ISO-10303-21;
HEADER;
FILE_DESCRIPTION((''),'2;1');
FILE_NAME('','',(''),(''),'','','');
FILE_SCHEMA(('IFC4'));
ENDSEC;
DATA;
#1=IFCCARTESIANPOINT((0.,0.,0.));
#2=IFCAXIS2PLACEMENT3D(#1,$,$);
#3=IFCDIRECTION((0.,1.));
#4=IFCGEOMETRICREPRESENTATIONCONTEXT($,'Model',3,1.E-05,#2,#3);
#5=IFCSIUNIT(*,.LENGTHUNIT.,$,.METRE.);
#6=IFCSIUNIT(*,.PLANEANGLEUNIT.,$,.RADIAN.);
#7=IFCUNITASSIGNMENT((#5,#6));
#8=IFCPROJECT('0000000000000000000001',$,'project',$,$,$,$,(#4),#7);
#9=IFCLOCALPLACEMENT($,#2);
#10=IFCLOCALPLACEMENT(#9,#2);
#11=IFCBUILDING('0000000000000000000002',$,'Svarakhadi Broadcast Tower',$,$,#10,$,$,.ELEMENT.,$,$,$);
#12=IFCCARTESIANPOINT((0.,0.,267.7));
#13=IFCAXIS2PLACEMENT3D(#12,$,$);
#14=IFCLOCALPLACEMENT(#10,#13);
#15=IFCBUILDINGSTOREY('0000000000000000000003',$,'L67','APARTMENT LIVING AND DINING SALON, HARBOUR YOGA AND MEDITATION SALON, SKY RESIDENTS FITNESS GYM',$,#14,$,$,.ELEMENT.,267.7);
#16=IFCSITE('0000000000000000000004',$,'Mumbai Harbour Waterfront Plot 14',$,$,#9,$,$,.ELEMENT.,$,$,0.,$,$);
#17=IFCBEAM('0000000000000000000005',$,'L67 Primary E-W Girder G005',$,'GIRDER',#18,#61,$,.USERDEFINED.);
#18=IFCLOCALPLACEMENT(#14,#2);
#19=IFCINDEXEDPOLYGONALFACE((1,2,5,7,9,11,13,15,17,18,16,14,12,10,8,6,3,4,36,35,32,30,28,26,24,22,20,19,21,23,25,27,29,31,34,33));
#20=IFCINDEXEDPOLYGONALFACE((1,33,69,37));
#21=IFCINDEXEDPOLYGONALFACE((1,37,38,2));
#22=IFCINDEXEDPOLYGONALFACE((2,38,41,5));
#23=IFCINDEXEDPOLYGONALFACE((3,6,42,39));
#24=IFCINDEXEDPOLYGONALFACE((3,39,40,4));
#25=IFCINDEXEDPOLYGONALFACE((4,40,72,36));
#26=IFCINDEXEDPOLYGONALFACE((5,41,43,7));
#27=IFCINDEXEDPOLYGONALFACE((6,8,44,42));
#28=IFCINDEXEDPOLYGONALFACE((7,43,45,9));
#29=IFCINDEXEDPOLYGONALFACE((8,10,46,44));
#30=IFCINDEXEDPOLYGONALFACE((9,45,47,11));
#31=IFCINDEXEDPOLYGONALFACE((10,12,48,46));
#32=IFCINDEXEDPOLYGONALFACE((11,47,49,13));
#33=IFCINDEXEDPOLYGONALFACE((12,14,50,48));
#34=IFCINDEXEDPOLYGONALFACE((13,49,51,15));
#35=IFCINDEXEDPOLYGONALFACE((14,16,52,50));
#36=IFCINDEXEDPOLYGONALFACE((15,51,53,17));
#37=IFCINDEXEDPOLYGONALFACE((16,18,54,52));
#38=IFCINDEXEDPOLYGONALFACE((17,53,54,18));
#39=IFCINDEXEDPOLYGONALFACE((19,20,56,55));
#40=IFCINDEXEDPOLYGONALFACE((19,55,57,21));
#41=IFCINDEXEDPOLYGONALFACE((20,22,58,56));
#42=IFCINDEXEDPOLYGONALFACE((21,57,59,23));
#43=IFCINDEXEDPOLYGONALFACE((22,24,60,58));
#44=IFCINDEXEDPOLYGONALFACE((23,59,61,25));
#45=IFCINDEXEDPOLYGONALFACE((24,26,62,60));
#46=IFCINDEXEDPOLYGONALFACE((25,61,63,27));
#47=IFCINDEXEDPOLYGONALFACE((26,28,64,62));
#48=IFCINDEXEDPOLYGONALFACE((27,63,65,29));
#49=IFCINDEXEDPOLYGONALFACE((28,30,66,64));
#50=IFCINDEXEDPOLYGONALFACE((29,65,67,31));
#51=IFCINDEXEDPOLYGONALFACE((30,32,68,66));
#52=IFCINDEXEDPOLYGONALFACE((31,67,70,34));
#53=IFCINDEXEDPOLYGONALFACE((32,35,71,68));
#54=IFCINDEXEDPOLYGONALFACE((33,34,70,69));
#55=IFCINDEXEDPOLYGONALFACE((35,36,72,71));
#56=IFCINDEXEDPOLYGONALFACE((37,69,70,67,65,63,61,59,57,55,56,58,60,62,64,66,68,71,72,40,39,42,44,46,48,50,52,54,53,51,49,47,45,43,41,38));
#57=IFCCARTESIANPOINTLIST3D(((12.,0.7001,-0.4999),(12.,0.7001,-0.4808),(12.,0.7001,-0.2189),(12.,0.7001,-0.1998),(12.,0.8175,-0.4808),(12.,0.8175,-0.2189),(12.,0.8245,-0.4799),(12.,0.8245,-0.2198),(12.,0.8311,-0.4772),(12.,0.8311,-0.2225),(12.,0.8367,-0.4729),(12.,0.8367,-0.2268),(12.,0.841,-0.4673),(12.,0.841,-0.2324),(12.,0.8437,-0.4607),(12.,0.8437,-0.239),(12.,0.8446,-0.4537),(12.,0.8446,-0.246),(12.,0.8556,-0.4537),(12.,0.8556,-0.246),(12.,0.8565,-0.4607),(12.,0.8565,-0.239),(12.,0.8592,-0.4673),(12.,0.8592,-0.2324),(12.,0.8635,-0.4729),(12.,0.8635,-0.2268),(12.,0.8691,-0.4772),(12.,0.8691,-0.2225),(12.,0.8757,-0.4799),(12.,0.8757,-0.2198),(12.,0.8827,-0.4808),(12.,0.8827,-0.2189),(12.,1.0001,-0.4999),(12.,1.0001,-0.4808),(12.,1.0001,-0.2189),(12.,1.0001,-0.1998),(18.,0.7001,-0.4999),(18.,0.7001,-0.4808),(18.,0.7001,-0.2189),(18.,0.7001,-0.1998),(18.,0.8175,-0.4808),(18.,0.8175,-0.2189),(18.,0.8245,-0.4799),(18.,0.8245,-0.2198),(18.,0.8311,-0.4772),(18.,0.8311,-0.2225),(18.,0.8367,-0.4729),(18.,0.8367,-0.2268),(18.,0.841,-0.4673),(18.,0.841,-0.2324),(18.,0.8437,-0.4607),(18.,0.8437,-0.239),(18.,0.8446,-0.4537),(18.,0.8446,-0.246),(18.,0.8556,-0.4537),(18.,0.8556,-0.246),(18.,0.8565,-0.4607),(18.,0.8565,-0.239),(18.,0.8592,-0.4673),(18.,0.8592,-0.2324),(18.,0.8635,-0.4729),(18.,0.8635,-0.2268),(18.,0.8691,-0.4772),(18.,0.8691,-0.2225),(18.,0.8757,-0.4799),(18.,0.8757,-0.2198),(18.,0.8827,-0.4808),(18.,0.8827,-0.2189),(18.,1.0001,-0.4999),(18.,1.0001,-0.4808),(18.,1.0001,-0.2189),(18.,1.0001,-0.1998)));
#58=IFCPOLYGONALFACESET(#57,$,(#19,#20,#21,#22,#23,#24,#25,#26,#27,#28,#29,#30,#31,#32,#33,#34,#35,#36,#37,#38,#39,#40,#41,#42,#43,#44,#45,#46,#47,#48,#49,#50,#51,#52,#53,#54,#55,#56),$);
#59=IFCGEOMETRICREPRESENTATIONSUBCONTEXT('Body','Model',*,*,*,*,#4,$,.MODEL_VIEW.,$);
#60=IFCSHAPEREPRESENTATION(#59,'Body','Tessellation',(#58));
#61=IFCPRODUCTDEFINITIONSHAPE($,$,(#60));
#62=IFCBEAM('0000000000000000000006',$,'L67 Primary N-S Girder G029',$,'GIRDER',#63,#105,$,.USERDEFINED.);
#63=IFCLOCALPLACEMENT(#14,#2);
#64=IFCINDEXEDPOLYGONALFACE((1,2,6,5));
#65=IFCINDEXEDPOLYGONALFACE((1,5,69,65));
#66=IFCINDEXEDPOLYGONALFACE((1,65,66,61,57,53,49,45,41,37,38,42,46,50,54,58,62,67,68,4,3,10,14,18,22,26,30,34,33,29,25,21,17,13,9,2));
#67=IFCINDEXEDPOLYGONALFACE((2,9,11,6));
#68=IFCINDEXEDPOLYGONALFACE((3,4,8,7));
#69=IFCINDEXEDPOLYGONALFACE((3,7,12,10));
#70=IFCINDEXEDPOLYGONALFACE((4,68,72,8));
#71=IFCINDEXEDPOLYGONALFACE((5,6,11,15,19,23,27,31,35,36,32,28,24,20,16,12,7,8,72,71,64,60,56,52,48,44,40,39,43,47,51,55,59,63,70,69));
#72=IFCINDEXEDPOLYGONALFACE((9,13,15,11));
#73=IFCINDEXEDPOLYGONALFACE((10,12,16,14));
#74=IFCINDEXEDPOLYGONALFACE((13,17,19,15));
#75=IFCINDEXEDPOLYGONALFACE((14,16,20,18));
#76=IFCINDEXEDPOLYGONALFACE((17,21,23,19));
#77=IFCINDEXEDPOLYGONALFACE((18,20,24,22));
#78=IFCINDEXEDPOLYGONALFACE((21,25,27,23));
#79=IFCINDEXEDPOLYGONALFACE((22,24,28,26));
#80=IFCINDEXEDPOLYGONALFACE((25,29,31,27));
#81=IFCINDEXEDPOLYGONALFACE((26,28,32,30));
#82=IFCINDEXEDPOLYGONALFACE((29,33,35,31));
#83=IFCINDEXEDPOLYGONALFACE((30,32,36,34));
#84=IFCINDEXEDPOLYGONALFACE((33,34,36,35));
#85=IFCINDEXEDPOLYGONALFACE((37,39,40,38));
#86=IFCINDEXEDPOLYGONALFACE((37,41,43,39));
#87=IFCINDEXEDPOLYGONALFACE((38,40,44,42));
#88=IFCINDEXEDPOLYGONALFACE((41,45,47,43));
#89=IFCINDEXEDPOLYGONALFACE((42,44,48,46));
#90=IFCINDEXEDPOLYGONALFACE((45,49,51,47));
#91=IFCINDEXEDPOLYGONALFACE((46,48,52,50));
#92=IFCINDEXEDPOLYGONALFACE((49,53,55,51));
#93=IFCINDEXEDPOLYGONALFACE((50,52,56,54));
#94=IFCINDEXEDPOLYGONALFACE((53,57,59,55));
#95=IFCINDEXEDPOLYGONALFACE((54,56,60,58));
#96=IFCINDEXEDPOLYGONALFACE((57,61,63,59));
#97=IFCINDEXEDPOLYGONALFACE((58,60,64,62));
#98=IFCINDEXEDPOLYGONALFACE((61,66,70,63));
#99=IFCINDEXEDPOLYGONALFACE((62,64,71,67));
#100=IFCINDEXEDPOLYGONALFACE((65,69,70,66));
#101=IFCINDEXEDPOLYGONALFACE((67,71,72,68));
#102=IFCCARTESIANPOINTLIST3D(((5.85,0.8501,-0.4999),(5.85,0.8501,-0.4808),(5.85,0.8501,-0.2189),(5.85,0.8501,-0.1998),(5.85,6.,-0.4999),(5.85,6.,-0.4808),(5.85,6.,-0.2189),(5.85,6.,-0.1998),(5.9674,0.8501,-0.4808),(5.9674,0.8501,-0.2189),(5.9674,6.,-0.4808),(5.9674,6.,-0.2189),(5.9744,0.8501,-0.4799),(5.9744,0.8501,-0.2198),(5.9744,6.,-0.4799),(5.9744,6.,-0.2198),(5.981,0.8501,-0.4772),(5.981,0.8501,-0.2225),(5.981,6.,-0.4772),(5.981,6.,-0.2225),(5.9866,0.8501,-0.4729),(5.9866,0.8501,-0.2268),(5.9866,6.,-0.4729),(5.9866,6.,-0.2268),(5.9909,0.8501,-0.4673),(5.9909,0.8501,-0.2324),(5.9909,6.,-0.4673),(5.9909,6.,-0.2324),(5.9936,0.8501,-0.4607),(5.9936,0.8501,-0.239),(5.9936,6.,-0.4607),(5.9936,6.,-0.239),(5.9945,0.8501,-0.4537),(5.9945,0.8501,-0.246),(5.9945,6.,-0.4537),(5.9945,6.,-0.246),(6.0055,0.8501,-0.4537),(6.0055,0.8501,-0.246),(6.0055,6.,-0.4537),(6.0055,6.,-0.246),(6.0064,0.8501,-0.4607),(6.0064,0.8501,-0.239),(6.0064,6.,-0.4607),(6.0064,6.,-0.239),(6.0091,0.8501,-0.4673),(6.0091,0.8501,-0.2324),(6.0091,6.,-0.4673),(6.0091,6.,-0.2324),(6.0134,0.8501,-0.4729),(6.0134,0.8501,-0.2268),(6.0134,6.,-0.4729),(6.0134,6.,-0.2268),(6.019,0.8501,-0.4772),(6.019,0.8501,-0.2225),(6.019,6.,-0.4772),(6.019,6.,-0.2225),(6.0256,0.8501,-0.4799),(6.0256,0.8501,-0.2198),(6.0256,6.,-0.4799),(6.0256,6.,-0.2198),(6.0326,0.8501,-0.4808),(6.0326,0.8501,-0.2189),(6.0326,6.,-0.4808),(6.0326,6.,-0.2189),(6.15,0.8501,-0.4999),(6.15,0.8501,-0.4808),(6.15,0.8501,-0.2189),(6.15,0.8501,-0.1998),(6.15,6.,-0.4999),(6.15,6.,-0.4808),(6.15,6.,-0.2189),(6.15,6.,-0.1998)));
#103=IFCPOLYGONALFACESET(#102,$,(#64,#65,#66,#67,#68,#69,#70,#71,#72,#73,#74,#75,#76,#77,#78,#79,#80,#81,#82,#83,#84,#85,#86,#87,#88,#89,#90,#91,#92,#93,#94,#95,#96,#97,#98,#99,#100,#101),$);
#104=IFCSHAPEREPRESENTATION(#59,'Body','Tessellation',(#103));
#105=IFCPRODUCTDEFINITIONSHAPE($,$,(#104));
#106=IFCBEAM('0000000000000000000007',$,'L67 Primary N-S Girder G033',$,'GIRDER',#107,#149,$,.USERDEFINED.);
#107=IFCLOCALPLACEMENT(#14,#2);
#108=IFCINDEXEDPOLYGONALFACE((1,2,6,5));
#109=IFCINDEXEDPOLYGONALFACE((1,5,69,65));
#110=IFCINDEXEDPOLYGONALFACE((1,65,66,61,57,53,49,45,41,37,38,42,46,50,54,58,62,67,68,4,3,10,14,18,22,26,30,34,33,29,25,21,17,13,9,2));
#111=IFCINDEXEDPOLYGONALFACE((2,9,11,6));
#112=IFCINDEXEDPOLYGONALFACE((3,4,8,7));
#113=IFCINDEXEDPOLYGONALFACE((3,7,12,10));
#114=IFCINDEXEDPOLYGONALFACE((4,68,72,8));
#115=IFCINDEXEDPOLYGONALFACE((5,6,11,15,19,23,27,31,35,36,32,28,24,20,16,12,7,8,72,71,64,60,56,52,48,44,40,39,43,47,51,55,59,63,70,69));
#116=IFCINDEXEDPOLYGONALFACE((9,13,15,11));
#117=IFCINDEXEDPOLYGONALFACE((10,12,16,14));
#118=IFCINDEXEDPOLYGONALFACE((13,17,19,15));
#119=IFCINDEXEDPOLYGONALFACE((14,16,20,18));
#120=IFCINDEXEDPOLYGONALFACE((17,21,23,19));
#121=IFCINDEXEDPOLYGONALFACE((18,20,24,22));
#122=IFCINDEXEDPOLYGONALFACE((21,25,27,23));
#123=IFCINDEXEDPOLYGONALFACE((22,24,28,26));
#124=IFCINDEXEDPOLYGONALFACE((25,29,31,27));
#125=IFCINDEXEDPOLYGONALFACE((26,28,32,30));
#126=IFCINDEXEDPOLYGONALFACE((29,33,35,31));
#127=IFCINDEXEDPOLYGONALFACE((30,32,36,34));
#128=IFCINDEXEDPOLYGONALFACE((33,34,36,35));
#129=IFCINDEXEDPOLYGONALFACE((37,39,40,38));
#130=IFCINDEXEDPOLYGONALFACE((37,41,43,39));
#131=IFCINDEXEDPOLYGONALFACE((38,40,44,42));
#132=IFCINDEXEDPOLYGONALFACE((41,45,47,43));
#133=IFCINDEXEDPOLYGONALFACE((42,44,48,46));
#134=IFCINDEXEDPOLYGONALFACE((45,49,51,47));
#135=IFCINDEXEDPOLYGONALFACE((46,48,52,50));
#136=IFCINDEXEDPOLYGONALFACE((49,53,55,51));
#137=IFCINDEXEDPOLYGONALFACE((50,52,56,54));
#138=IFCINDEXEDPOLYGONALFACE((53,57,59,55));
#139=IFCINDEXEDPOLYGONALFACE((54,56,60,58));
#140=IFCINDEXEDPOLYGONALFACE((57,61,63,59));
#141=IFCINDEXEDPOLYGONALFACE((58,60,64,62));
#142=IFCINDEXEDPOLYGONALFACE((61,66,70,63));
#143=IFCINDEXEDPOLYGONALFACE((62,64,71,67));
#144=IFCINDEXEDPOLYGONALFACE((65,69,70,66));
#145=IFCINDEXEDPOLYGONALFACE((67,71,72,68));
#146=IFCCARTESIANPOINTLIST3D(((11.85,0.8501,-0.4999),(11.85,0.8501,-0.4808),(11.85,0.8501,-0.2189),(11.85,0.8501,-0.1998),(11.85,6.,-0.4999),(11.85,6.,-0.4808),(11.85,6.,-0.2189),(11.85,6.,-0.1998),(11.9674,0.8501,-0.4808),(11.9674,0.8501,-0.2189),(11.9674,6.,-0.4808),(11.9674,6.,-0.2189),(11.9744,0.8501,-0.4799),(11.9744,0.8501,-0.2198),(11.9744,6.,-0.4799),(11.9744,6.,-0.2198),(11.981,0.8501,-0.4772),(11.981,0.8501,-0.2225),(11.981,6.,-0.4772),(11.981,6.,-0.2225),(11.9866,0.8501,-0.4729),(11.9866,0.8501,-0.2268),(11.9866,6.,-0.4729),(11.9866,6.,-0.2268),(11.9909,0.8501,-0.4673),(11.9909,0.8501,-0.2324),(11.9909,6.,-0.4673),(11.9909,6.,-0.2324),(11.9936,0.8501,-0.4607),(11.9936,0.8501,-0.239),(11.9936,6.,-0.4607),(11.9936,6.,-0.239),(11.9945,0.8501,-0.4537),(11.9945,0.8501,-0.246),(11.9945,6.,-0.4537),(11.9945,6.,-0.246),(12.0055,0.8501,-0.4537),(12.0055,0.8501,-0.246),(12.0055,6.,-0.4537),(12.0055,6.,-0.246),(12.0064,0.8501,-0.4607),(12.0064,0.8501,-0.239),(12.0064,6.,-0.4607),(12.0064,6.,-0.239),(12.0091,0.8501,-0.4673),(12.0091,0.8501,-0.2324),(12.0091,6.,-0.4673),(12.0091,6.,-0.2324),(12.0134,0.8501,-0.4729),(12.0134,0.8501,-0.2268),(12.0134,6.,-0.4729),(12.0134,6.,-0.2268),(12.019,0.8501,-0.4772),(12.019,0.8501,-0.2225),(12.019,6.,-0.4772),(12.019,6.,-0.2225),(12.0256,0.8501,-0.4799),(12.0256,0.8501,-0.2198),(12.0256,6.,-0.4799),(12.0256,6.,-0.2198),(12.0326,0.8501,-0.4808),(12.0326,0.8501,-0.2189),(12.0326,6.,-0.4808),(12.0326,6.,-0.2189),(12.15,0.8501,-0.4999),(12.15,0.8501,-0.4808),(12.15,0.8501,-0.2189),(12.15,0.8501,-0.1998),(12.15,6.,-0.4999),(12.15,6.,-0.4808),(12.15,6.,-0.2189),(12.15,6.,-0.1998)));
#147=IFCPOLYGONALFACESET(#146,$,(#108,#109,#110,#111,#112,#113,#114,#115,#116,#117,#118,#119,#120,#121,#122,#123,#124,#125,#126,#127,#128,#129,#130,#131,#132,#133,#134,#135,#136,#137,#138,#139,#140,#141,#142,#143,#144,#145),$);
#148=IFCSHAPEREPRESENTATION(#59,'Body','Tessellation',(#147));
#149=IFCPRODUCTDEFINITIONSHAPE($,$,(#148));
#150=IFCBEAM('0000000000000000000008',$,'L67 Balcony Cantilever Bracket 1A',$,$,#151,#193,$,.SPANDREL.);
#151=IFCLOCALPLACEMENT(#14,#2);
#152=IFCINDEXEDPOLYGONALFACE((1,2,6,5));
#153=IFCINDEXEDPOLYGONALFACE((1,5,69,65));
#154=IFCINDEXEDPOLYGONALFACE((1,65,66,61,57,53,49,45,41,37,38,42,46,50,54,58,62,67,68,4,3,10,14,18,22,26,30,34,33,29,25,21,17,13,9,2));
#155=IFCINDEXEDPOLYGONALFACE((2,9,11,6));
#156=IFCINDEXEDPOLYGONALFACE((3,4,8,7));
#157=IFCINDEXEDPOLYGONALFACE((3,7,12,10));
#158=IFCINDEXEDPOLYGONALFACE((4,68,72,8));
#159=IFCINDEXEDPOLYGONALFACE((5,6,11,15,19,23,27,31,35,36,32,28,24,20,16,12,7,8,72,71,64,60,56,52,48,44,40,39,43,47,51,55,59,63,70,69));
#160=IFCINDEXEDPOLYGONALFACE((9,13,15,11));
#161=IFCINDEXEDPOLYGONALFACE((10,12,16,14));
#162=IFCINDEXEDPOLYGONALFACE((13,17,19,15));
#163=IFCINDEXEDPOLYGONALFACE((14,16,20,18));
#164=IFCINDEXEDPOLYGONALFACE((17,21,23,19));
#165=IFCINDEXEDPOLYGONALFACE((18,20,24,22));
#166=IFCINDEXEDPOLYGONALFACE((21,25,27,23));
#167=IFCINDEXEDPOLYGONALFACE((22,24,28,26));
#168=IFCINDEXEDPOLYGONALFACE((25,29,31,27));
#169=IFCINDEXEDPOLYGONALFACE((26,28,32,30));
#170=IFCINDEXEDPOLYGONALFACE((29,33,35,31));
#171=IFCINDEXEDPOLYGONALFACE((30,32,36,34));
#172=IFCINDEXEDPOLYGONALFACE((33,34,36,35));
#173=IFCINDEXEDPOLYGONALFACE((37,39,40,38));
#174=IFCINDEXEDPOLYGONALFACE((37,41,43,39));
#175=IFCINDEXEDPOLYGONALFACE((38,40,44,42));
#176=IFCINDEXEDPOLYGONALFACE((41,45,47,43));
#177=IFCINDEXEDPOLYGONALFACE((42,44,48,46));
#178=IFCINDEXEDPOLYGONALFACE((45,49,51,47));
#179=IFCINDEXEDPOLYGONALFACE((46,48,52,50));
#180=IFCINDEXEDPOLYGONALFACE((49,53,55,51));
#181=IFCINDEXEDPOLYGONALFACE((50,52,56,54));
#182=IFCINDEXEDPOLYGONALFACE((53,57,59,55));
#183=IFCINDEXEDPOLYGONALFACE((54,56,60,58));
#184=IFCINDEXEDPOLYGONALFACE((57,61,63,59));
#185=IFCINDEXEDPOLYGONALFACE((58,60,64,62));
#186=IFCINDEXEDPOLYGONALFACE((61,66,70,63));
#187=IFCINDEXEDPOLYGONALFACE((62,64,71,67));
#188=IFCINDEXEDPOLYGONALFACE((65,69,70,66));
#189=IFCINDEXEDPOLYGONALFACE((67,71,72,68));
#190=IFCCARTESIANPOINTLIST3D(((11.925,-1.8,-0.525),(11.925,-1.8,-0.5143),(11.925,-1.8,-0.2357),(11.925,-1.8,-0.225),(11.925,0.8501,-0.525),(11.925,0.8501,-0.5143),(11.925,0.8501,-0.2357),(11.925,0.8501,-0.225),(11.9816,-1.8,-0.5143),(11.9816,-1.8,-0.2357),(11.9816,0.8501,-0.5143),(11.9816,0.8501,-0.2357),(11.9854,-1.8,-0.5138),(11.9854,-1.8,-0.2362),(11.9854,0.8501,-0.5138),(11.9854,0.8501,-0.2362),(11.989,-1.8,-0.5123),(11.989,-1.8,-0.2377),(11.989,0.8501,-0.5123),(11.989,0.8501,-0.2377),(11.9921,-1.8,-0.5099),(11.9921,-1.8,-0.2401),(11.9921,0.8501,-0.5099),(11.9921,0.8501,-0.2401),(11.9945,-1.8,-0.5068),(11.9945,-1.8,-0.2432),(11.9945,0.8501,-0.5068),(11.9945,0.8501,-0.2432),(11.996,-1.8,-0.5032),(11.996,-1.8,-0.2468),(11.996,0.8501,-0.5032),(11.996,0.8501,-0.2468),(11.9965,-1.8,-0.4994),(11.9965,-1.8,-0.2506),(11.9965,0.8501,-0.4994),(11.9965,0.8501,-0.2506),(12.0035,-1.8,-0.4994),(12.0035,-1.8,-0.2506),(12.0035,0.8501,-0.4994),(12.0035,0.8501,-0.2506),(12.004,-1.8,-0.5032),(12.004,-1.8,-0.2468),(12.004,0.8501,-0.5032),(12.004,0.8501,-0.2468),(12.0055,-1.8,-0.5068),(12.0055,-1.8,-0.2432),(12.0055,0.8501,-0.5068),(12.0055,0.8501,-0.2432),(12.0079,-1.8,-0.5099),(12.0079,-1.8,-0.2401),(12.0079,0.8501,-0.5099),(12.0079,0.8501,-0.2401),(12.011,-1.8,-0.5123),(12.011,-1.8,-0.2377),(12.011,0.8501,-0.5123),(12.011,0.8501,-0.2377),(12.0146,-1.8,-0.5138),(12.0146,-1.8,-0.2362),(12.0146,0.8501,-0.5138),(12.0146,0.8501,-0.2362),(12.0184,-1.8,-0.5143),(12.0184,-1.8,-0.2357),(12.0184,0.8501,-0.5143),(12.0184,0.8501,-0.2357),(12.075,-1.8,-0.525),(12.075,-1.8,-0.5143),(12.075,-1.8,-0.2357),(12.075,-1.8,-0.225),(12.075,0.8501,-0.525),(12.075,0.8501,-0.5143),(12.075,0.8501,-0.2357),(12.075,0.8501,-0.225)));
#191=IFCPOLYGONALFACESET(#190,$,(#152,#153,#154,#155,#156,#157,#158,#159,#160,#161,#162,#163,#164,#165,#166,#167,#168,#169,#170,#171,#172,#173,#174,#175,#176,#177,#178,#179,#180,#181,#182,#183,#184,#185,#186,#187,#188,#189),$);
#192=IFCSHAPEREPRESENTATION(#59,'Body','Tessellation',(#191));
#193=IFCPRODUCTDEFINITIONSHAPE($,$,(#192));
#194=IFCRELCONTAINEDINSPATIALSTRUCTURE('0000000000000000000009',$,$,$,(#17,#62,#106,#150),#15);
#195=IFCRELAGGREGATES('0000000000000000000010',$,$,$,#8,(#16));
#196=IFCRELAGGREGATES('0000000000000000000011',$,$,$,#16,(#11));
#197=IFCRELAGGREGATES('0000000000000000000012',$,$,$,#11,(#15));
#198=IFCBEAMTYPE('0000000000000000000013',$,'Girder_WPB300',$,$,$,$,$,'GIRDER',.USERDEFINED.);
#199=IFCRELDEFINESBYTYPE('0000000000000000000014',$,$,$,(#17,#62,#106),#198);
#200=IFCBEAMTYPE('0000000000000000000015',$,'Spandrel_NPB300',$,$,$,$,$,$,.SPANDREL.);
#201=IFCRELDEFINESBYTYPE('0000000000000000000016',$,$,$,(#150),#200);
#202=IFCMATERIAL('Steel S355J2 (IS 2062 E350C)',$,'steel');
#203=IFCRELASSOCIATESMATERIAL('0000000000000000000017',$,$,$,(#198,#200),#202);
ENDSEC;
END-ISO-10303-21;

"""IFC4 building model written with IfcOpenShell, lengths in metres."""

from ifc_helpers import new_model, si_unit, direction, frame, origin, origin_2d, place, context, subcontext, project, spatial, i_section, extrude, material, material_profile, profile_set, type_object, element, save


model = new_model("IFC4")

# Units and contexts
model_context = context("Model", 3, precision=1e-05, world=origin(), true_north=direction((0.0, 1.0)))
body_context = subcontext(model_context, "Body", "Model", "MODEL_VIEW")
ifc_project = project(units=[si_unit("LENGTHUNIT", "METRE"), si_unit("PLANEANGLEUNIT", "RADIAN")], contexts=[model_context])

# Site, building, storey
site_placement = place(None, origin())
site = spatial("IfcSite", under=ifc_project, at=site_placement, Name="Mumbai Harbour Waterfront Plot 14", CompositionType="ELEMENT", RefElevation=0.0)
building_placement = place(site_placement, origin())
building = spatial("IfcBuilding", under=site, at=building_placement, Name="Svarakhadi Broadcast Tower", CompositionType="ELEMENT")
storey_placement = place(building_placement, frame((0.0, 0.0, 267.7)))
storey = spatial("IfcBuildingStorey", under=building, at=storey_placement, Name="L67", Description="APARTMENT LIVING AND DINING SALON, HARBOUR YOGA AND MEDITATION SALON, SKY RESIDENTS FITNESS GYM", CompositionType="ELEMENT", Elevation=267.7)

# Beams
ifc_material_1 = material(Name="Steel S355J2 (IS 2062 E350C)", Category="steel")
ifc_material_profile_1 = material_profile(ifc_material_1, i_section(OverallWidth=0.3, OverallDepth=0.3, WebThickness=0.011, FlangeThickness=0.019, FilletRadius=0.0271, at=origin_2d()), Name="WPB 300x300x117")
ifc_profile_set_1 = profile_set([ifc_material_profile_1], Name="Steel S355J2 (IS 2062 E350C)")
beam_type_1 = type_object("IfcBeamType", Name="Girder_WPB300", ElementType="GIRDER", PredefinedType="USERDEFINED", material=ifc_profile_set_1)
for number, where, z_axis, x_axis, name in (
    (1, (12.0, 0.8501, -0.3499), (1.0, 0.0, 0.0), (0.0, 1.0, 0.0), "L67 Primary E-W Girder G005"),
):
    element("IfcBeam", number, at=place(storey_placement, frame(where, z_axis=z_axis, x_axis=x_axis)), inside=storey, type_object=beam_type_1, Name=name, ObjectType="GIRDER", PredefinedType="USERDEFINED", context=body_context, shape_type="SweptSolid", body=[
        extrude(i_section(OverallWidth=0.3, OverallDepth=0.3, WebThickness=0.011, FlangeThickness=0.019, FilletRadius=0.0271, at=origin_2d()), origin(), (0.0, 0.0, 1.0), 6.0),
    ])
for number, where, z_axis, x_axis, name in (
    (2, (6.0, 0.8501, -0.3499), (0.0, 1.0, 0.0), (-1.0, 0.0, 0.0), "L67 Primary N-S Girder G029"),
    (3, (12.0, 0.8501, -0.3499), (0.0, 1.0, 0.0), (-1.0, 0.0, 0.0), "L67 Primary N-S Girder G033"),
):
    element("IfcBeam", number, at=place(storey_placement, frame(where, z_axis=z_axis, x_axis=x_axis)), inside=storey, type_object=beam_type_1, Name=name, ObjectType="GIRDER", PredefinedType="USERDEFINED", context=body_context, shape_type="SweptSolid", body=[
        extrude(i_section(OverallWidth=0.3, OverallDepth=0.3, WebThickness=0.011, FlangeThickness=0.019, FilletRadius=0.0271, at=origin_2d()), origin(), (0.0, 0.0, 1.0), 5.1499),
    ])
ifc_material_profile_2 = material_profile(ifc_material_1, i_section(OverallWidth=0.1499, OverallDepth=0.3, WebThickness=0.0071, FlangeThickness=0.0107, FilletRadius=0.0149, at=origin_2d()), Name="NPB 300x150x37")
ifc_profile_set_2 = profile_set([ifc_material_profile_2], Name="Steel S355J2 (IS 2062 E350C)")
beam_type_2 = type_object("IfcBeamType", Name="Spandrel_NPB300", PredefinedType="SPANDREL", material=ifc_profile_set_2)
beam_1_placement = place(storey_placement, frame((12.0, 0.8501, -0.375), z_axis=(0.0, -1.0, 0.0), x_axis=(1.0, 0.0, 0.0)))
element("IfcBeam", 4, at=beam_1_placement, inside=storey, type_object=beam_type_2, Name="L67 Balcony Cantilever Bracket 1A", PredefinedType="SPANDREL", context=body_context, shape_type="SweptSolid", body=[
    extrude(i_section(OverallWidth=0.1499, OverallDepth=0.3, WebThickness=0.0071, FlangeThickness=0.0107, FilletRadius=0.0149, at=origin_2d()), origin(), (0.0, 0.0, 1.0), 2.6501),
])

save(model, "model.ifc")
